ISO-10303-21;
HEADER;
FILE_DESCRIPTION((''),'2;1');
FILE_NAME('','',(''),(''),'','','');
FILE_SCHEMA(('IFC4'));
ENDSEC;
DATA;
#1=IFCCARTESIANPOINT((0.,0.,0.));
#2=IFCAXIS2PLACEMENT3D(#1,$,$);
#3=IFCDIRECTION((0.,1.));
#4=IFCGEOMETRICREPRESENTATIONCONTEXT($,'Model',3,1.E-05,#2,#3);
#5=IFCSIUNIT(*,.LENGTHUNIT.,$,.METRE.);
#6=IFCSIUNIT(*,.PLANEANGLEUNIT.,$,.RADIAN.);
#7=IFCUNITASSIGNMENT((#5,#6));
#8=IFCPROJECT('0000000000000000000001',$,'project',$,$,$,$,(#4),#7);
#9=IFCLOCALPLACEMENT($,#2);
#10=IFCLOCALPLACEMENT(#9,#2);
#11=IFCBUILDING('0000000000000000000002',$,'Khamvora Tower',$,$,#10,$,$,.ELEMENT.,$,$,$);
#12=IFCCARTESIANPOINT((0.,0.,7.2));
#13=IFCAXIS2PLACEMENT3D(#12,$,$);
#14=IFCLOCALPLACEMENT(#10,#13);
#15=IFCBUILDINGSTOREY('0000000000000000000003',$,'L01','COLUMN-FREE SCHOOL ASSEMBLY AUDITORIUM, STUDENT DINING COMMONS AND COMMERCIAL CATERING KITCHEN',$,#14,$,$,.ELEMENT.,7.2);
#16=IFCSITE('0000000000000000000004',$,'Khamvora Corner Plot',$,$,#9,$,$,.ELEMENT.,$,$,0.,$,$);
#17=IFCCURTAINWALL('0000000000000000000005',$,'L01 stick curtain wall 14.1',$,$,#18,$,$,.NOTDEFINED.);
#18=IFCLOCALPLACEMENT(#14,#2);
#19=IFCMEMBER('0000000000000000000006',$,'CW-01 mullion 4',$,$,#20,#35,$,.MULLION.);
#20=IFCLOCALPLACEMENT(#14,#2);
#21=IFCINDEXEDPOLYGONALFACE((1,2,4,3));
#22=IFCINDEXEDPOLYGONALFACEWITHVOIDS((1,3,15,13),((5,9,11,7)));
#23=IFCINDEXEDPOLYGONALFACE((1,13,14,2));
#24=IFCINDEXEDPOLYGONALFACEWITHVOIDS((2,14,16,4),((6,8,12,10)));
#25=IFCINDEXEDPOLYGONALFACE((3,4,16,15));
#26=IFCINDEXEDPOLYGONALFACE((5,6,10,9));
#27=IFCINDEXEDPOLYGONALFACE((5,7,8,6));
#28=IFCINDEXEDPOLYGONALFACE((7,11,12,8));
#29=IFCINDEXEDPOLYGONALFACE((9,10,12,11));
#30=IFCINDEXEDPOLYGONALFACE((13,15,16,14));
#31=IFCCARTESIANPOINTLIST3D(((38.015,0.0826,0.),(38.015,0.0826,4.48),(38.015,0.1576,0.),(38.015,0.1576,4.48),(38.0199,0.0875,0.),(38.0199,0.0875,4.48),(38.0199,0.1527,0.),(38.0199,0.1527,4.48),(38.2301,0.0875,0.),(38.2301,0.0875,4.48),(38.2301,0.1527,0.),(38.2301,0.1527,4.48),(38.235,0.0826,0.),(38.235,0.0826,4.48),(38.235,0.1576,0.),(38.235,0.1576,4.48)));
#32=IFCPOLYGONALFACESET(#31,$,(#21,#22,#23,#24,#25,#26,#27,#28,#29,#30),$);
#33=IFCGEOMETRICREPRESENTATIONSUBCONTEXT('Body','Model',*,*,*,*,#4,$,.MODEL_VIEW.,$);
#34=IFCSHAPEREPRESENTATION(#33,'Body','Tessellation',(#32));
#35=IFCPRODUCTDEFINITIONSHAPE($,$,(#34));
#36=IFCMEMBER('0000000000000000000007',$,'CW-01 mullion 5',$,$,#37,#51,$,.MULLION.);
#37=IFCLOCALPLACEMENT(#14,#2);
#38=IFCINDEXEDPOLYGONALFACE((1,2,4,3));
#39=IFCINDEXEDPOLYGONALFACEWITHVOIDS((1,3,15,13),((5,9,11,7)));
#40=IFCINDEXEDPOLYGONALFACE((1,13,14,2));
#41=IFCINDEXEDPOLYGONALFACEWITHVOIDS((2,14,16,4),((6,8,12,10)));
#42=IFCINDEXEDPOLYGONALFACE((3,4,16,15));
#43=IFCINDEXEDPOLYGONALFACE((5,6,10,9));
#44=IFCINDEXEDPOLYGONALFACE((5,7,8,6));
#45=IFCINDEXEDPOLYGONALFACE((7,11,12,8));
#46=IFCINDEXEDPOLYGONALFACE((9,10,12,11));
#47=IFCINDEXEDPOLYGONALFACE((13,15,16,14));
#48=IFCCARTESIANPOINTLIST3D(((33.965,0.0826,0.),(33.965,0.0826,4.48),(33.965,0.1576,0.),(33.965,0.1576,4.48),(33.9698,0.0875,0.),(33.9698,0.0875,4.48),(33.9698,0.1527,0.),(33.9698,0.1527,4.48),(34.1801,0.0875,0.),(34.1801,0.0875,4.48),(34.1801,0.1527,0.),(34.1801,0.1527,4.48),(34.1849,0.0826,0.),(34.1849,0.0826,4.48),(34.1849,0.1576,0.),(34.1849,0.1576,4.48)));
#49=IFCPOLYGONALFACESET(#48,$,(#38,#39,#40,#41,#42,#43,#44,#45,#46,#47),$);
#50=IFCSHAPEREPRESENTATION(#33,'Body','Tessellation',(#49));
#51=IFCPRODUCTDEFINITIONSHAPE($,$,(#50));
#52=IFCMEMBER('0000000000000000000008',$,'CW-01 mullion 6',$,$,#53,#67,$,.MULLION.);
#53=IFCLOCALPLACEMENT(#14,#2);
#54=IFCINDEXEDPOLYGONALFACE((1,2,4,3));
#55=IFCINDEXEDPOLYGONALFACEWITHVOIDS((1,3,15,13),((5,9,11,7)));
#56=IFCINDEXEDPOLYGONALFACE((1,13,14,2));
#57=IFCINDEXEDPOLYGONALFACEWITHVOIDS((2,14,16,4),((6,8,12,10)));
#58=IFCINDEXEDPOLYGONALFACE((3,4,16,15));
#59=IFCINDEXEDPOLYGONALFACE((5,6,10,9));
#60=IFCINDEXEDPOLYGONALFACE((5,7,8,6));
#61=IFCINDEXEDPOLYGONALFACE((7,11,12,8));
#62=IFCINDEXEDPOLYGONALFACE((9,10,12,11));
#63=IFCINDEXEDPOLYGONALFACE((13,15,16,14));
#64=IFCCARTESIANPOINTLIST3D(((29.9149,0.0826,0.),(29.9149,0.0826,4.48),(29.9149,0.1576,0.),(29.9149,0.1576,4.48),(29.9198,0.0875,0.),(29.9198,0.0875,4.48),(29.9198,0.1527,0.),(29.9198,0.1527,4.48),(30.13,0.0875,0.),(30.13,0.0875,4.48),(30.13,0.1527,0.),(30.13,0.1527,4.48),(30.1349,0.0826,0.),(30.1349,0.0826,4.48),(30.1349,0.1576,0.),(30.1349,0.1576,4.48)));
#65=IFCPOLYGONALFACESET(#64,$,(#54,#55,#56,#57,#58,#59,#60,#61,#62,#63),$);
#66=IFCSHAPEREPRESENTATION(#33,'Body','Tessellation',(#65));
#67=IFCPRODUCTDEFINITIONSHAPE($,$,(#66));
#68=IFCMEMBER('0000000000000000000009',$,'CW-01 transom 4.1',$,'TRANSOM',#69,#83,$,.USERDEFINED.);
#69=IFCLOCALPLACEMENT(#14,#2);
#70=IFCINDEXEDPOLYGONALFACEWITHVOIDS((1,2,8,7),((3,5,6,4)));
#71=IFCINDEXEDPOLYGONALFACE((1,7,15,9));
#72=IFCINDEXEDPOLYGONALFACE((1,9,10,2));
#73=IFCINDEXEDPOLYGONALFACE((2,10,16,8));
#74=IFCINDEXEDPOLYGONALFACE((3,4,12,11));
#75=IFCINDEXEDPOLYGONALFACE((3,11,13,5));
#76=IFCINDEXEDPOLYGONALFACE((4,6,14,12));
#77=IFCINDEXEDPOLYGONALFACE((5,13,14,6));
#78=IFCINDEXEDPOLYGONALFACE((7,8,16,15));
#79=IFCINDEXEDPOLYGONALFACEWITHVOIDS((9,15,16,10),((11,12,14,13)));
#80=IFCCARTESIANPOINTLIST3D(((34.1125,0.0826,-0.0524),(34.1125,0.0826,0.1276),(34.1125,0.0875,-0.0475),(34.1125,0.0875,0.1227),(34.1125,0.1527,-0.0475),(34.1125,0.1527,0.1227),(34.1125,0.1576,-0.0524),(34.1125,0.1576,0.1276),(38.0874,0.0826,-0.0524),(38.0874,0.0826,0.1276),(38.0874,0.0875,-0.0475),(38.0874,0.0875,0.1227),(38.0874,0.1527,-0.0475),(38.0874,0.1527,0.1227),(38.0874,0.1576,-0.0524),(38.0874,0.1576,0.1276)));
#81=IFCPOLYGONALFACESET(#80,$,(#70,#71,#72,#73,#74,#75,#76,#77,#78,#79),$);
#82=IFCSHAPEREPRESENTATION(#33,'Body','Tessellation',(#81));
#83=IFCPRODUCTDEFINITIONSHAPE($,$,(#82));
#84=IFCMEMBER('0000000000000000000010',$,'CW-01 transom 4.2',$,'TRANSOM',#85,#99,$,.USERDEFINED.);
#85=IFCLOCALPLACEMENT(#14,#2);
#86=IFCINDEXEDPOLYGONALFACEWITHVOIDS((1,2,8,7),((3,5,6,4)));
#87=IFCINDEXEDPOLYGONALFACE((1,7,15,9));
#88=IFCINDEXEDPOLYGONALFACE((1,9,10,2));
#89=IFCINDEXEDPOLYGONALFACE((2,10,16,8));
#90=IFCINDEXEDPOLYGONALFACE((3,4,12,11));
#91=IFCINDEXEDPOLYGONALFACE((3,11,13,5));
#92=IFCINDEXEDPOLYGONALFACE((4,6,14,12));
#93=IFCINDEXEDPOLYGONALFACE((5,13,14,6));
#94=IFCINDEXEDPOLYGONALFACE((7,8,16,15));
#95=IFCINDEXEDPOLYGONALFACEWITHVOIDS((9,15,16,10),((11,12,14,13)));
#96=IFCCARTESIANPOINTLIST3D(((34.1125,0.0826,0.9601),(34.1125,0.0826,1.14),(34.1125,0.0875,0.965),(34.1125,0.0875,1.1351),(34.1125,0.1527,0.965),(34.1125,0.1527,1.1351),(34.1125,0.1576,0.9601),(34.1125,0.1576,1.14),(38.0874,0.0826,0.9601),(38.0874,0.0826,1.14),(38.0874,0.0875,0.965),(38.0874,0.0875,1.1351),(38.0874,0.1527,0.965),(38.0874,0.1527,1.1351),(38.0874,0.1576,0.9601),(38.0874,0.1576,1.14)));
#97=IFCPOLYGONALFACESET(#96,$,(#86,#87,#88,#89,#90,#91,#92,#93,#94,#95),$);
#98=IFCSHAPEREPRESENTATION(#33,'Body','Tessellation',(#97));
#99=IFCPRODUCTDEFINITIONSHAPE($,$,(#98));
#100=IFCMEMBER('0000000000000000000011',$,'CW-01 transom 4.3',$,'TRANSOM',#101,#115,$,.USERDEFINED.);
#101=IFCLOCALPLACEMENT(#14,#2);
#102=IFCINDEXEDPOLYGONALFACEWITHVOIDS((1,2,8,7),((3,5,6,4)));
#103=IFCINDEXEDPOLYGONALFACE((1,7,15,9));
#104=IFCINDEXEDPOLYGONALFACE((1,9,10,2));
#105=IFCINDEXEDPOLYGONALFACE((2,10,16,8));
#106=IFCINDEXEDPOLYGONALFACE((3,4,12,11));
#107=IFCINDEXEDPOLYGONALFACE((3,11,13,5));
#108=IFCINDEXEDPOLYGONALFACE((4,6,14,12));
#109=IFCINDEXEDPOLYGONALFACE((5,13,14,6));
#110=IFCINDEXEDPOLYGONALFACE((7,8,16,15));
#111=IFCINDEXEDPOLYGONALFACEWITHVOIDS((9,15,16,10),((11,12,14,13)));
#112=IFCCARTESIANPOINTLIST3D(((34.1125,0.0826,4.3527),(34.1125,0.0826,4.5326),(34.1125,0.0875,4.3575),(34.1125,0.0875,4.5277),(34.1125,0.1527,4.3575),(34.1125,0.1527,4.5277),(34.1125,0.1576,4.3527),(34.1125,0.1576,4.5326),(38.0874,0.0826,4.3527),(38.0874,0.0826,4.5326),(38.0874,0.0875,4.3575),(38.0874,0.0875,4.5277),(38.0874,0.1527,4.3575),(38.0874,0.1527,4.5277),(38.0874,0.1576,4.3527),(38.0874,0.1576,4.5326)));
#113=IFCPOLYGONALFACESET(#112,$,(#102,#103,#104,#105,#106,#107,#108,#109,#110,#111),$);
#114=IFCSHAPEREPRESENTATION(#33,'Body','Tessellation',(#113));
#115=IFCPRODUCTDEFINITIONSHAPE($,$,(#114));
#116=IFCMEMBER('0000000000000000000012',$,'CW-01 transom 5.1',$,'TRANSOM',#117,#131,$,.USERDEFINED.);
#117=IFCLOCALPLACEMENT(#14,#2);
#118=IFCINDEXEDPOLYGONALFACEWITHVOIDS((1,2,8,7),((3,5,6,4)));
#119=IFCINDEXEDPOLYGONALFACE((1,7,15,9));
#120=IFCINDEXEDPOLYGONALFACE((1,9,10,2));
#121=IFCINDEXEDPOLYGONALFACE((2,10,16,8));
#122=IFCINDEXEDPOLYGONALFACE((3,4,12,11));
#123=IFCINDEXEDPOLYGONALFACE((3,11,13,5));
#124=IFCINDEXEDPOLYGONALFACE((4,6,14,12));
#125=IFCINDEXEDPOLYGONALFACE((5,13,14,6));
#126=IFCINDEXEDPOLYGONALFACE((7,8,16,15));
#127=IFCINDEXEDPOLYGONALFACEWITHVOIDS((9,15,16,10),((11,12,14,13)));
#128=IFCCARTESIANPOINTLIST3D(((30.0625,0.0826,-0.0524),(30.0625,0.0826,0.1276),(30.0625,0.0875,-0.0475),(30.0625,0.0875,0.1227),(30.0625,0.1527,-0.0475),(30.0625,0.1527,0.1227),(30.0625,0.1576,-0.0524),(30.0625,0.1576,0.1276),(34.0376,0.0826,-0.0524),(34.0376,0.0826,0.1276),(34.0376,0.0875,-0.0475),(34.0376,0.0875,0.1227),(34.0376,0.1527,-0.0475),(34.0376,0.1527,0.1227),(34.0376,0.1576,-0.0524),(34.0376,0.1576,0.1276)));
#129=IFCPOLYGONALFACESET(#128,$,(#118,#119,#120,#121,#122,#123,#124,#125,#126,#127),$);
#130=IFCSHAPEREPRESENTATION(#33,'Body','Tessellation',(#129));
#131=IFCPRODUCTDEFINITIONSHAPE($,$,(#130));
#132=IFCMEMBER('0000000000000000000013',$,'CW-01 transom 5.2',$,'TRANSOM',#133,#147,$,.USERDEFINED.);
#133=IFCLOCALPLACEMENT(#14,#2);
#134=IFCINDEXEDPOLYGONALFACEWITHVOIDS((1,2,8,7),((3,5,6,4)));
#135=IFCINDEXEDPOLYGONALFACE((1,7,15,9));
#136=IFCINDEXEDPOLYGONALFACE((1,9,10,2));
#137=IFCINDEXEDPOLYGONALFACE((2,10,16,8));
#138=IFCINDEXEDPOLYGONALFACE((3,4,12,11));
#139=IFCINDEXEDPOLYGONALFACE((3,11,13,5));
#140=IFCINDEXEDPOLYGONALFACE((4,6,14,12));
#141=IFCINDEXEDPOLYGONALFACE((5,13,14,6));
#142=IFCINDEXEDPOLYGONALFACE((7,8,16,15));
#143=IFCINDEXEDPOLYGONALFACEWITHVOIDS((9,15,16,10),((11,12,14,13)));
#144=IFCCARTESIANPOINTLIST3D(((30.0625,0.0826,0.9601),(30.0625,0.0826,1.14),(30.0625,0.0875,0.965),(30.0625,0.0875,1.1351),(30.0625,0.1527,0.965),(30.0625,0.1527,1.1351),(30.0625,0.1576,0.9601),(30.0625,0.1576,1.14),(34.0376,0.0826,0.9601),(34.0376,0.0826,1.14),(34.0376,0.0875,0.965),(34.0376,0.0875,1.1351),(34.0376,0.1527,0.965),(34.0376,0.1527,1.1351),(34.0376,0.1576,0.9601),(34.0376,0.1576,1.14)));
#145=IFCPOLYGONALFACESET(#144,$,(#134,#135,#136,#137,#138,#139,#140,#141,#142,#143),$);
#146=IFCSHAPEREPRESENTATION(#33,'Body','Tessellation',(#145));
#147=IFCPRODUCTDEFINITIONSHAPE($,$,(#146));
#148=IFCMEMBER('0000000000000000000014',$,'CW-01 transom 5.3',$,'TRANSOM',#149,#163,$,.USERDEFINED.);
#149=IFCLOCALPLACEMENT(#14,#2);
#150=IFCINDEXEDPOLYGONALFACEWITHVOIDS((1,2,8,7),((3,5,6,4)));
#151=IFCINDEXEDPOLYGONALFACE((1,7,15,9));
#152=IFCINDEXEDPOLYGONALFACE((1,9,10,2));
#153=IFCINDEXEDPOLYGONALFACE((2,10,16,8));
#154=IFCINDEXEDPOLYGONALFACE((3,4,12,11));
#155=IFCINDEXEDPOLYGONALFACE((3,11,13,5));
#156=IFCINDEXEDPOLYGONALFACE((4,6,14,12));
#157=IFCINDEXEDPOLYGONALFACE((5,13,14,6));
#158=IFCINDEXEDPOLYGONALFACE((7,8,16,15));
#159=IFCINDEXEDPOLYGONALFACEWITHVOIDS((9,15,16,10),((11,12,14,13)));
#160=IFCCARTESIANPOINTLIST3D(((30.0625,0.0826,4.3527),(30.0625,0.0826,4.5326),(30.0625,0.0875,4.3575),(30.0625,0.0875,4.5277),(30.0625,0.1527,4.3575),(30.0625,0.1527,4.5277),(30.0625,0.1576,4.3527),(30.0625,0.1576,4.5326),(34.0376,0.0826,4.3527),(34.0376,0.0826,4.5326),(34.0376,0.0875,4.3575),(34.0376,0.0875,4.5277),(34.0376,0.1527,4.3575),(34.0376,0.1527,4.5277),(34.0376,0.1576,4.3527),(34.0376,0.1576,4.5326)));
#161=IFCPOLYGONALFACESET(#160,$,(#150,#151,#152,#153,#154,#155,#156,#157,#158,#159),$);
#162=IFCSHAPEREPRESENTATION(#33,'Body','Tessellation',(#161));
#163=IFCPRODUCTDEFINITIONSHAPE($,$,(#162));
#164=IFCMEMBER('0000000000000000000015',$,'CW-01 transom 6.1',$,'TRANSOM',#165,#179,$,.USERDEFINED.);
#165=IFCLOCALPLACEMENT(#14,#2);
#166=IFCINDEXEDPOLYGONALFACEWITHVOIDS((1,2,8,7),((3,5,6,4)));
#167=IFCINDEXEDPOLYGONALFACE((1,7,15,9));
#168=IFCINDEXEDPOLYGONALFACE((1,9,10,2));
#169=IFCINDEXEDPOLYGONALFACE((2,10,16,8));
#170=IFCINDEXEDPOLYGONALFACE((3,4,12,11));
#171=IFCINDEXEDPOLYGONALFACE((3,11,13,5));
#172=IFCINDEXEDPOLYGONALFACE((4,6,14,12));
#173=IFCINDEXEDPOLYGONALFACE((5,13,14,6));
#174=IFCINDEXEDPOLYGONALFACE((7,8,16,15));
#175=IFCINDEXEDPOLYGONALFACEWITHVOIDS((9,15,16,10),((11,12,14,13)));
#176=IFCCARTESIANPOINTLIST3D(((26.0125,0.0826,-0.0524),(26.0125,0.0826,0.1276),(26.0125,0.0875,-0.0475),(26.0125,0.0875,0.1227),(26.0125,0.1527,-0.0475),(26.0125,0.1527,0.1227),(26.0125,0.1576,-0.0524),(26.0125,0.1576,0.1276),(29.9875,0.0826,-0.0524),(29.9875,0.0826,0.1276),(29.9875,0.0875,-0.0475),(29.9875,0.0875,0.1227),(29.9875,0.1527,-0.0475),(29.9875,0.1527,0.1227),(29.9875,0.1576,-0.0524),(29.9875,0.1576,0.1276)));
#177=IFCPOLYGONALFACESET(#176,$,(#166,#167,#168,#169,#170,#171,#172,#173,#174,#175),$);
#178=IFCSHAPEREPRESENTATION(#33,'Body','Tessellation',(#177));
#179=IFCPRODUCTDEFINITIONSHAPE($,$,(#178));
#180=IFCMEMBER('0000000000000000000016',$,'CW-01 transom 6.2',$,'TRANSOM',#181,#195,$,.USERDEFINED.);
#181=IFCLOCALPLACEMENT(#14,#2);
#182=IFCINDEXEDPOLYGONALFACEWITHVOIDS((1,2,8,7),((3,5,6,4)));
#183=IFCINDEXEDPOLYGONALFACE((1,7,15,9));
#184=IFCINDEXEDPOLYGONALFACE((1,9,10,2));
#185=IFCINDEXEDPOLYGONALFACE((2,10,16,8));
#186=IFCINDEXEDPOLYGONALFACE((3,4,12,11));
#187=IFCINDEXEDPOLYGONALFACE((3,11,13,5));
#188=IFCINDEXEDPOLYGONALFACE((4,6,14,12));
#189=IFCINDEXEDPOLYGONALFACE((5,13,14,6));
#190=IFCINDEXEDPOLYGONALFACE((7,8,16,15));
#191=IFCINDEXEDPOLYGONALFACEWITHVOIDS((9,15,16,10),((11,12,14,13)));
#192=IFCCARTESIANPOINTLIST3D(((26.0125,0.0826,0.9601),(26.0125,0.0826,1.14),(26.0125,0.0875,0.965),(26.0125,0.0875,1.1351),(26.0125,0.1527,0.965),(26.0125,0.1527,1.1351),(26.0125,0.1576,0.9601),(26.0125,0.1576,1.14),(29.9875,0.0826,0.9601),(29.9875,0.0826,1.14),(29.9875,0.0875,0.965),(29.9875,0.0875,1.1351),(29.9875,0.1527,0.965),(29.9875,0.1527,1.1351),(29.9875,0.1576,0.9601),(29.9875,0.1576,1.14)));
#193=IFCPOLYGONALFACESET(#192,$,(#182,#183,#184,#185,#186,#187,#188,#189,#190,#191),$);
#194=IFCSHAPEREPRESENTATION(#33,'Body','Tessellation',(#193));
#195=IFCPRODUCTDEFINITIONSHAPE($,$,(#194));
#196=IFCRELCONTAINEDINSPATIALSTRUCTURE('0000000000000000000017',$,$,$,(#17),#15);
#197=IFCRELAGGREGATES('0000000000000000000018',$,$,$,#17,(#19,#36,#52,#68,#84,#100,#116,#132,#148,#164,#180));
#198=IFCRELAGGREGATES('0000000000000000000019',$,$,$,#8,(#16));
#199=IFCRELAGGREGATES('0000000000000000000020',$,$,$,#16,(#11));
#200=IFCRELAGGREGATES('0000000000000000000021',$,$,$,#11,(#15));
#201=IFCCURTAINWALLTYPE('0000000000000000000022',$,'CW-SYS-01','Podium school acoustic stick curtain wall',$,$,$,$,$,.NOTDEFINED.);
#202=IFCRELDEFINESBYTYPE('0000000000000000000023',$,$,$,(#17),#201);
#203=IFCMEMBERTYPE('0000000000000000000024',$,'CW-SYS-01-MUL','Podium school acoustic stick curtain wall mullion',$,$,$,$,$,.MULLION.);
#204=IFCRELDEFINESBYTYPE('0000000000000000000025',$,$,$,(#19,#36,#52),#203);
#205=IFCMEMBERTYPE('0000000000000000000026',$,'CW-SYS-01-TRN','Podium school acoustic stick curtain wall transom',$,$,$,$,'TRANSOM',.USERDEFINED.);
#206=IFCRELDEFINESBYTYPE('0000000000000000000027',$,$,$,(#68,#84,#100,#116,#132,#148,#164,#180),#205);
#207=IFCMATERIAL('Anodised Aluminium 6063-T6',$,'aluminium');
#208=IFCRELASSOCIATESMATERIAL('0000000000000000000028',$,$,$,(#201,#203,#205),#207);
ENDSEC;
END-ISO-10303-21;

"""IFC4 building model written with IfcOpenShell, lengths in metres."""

from ifc_helpers import new_model, si_unit, direction, frame, origin, origin_2d, place, context, subcontext, project, spatial, hollow_rectangle, extrude, material, material_profile, profile_set, type_object, element, aggregate, save


model = new_model("IFC4")

# Units and contexts
model_context = context("Model", 3, precision=1e-05, world=origin(), true_north=direction((0.0, 1.0)))
body_context = subcontext(model_context, "Body", "Model", "MODEL_VIEW")
ifc_project = project(units=[si_unit("LENGTHUNIT", "METRE"), si_unit("PLANEANGLEUNIT", "RADIAN")], contexts=[model_context])

# Site, building, storey
site_placement = place(None, origin())
site = spatial("IfcSite", under=ifc_project, at=site_placement, Name="Khamvora Corner Plot", CompositionType="ELEMENT", RefElevation=0.0)
building_placement = place(site_placement, origin())
building = spatial("IfcBuilding", under=site, at=building_placement, Name="Khamvora Tower", CompositionType="ELEMENT")
storey_placement = place(building_placement, frame((0.0, 0.0, 7.2)))
storey = spatial("IfcBuildingStorey", under=building, at=storey_placement, Name="L01", Description="COLUMN-FREE SCHOOL ASSEMBLY AUDITORIUM, STUDENT DINING COMMONS AND COMMERCIAL CATERING KITCHEN", CompositionType="ELEMENT", Elevation=7.2)

# Curtain wall, members
ifc_material_1 = material(Name="Anodised Aluminium 6063-T6", Category="aluminium")
curtain_wall_type = type_object("IfcCurtainWallType", Name="CW-SYS-01", Description="Podium school acoustic stick curtain wall", PredefinedType="NOTDEFINED", material=ifc_material_1)
curtain_wall_placement = place(storey_placement, origin())
curtain_wall = element("IfcCurtainWall", 1, at=curtain_wall_placement, inside=storey, type_object=curtain_wall_type, Name="L01 stick curtain wall 14.1", PredefinedType="NOTDEFINED")
ifc_material_profile_1 = material_profile(ifc_material_1, hollow_rectangle(XDim=0.075, YDim=0.22, WallThickness=0.0049, at=origin_2d()), Name="MUL75x220x5")
ifc_profile_set_1 = profile_set([ifc_material_profile_1], Name="Anodised Aluminium 6063-T6")
member_type_1 = type_object("IfcMemberType", Name="CW-SYS-01-MUL", Description="Podium school acoustic stick curtain wall mullion", PredefinedType="MULLION", material=ifc_profile_set_1)
member_1_placement = place(storey_placement, frame((38.125, 0.1201, 0.0), z_axis=(0.0, 0.0, 1.0), x_axis=(0.0, -1.0, 0.0)))
member_1 = element("IfcMember", 2, at=member_1_placement, type_object=member_type_1, Name="CW-01 mullion 4", PredefinedType="MULLION", context=body_context, shape_type="SweptSolid", body=[
    extrude(hollow_rectangle(XDim=0.075, YDim=0.22, WallThickness=0.0049, at=origin_2d()), origin(), (0.0, 0.0, 1.0), 4.48),
])
member_2_placement = place(storey_placement, frame((34.075, 0.1201, 0.0), z_axis=(0.0, 0.0, 1.0), x_axis=(0.0, -1.0, 0.0)))
member_2 = element("IfcMember", 3, at=member_2_placement, type_object=member_type_1, Name="CW-01 mullion 5", PredefinedType="MULLION", context=body_context, shape_type="SweptSolid", body=[
    extrude(hollow_rectangle(XDim=0.075, YDim=0.22, WallThickness=0.0049, at=origin_2d()), origin(), (0.0, 0.0, 1.0), 4.48),
])
member_3_placement = place(storey_placement, frame((30.0249, 0.1201, 0.0), z_axis=(0.0, 0.0, 1.0), x_axis=(0.0, -1.0, 0.0)))
member_3 = element("IfcMember", 4, at=member_3_placement, type_object=member_type_1, Name="CW-01 mullion 6", PredefinedType="MULLION", context=body_context, shape_type="SweptSolid", body=[
    extrude(hollow_rectangle(XDim=0.075, YDim=0.22, WallThickness=0.0049, at=origin_2d()), origin(), (0.0, 0.0, 1.0), 4.48),
])
ifc_material_profile_2 = material_profile(ifc_material_1, hollow_rectangle(XDim=0.075, YDim=0.1799, WallThickness=0.0049, at=origin_2d()), Name="TRN75x180x5")
ifc_profile_set_2 = profile_set([ifc_material_profile_2], Name="Anodised Aluminium 6063-T6")
member_type_2 = type_object("IfcMemberType", Name="CW-SYS-01-TRN", Description="Podium school acoustic stick curtain wall transom", ElementType="TRANSOM", PredefinedType="USERDEFINED", material=ifc_profile_set_2)
member_4_placement = place(storey_placement, frame((38.0874, 0.1201, 0.0376), z_axis=(-1.0, 0.0, 0.0), x_axis=(0.0, -1.0, 0.0)))
member_4 = element("IfcMember", 5, at=member_4_placement, type_object=member_type_2, Name="CW-01 transom 4.1", ObjectType="TRANSOM", PredefinedType="USERDEFINED", context=body_context, shape_type="SweptSolid", body=[
    extrude(hollow_rectangle(XDim=0.075, YDim=0.1799, WallThickness=0.0049, at=origin_2d()), origin(), (0.0, 0.0, 1.0), 3.9749),
])
member_5_placement = place(storey_placement, frame((38.0874, 0.1201, 1.05), z_axis=(-1.0, 0.0, 0.0), x_axis=(0.0, -1.0, 0.0)))
member_5 = element("IfcMember", 6, at=member_5_placement, type_object=member_type_2, Name="CW-01 transom 4.2", ObjectType="TRANSOM", PredefinedType="USERDEFINED", context=body_context, shape_type="SweptSolid", body=[
    extrude(hollow_rectangle(XDim=0.075, YDim=0.1799, WallThickness=0.0049, at=origin_2d()), origin(), (0.0, 0.0, 1.0), 3.9749),
])
member_6_placement = place(storey_placement, frame((38.0874, 0.1201, 4.4426), z_axis=(-1.0, 0.0, 0.0), x_axis=(0.0, -1.0, 0.0)))
member_6 = element("IfcMember", 7, at=member_6_placement, type_object=member_type_2, Name="CW-01 transom 4.3", ObjectType="TRANSOM", PredefinedType="USERDEFINED", context=body_context, shape_type="SweptSolid", body=[
    extrude(hollow_rectangle(XDim=0.075, YDim=0.1799, WallThickness=0.0049, at=origin_2d()), origin(), (0.0, 0.0, 1.0), 3.9749),
])
member_7_placement = place(storey_placement, frame((34.0376, 0.1201, 0.0376), z_axis=(-1.0, 0.0, 0.0), x_axis=(0.0, -1.0, 0.0)))
member_7 = element("IfcMember", 8, at=member_7_placement, type_object=member_type_2, Name="CW-01 transom 5.1", ObjectType="TRANSOM", PredefinedType="USERDEFINED", context=body_context, shape_type="SweptSolid", body=[
    extrude(hollow_rectangle(XDim=0.075, YDim=0.1799, WallThickness=0.0049, at=origin_2d()), origin(), (0.0, 0.0, 1.0), 3.9751),
])
member_8_placement = place(storey_placement, frame((34.0376, 0.1201, 1.05), z_axis=(-1.0, 0.0, 0.0), x_axis=(0.0, -1.0, 0.0)))
member_8 = element("IfcMember", 9, at=member_8_placement, type_object=member_type_2, Name="CW-01 transom 5.2", ObjectType="TRANSOM", PredefinedType="USERDEFINED", context=body_context, shape_type="SweptSolid", body=[
    extrude(hollow_rectangle(XDim=0.075, YDim=0.1799, WallThickness=0.0049, at=origin_2d()), origin(), (0.0, 0.0, 1.0), 3.9751),
])
member_9_placement = place(storey_placement, frame((34.0376, 0.1201, 4.4426), z_axis=(-1.0, 0.0, 0.0), x_axis=(0.0, -1.0, 0.0)))
member_9 = element("IfcMember", 10, at=member_9_placement, type_object=member_type_2, Name="CW-01 transom 5.3", ObjectType="TRANSOM", PredefinedType="USERDEFINED", context=body_context, shape_type="SweptSolid", body=[
    extrude(hollow_rectangle(XDim=0.075, YDim=0.1799, WallThickness=0.0049, at=origin_2d()), origin(), (0.0, 0.0, 1.0), 3.9751),
])
member_10_placement = place(storey_placement, frame((29.9875, 0.1201, 0.0376), z_axis=(-1.0, 0.0, 0.0), x_axis=(0.0, -1.0, 0.0)))
member_10 = element("IfcMember", 11, at=member_10_placement, type_object=member_type_2, Name="CW-01 transom 6.1", ObjectType="TRANSOM", PredefinedType="USERDEFINED", context=body_context, shape_type="SweptSolid", body=[
    extrude(hollow_rectangle(XDim=0.075, YDim=0.1799, WallThickness=0.0049, at=origin_2d()), origin(), (0.0, 0.0, 1.0), 3.9751),
])
member_11_placement = place(storey_placement, frame((29.9875, 0.1201, 1.05), z_axis=(-1.0, 0.0, 0.0), x_axis=(0.0, -1.0, 0.0)))
member_11 = element("IfcMember", 12, at=member_11_placement, type_object=member_type_2, Name="CW-01 transom 6.2", ObjectType="TRANSOM", PredefinedType="USERDEFINED", context=body_context, shape_type="SweptSolid", body=[
    extrude(hollow_rectangle(XDim=0.075, YDim=0.1799, WallThickness=0.0049, at=origin_2d()), origin(), (0.0, 0.0, 1.0), 3.9751),
])
aggregate(curtain_wall, [member_1, member_2, member_3, member_4, member_5, member_6, member_7, member_8, member_9, member_10, member_11])

save(model, "model.ifc")
